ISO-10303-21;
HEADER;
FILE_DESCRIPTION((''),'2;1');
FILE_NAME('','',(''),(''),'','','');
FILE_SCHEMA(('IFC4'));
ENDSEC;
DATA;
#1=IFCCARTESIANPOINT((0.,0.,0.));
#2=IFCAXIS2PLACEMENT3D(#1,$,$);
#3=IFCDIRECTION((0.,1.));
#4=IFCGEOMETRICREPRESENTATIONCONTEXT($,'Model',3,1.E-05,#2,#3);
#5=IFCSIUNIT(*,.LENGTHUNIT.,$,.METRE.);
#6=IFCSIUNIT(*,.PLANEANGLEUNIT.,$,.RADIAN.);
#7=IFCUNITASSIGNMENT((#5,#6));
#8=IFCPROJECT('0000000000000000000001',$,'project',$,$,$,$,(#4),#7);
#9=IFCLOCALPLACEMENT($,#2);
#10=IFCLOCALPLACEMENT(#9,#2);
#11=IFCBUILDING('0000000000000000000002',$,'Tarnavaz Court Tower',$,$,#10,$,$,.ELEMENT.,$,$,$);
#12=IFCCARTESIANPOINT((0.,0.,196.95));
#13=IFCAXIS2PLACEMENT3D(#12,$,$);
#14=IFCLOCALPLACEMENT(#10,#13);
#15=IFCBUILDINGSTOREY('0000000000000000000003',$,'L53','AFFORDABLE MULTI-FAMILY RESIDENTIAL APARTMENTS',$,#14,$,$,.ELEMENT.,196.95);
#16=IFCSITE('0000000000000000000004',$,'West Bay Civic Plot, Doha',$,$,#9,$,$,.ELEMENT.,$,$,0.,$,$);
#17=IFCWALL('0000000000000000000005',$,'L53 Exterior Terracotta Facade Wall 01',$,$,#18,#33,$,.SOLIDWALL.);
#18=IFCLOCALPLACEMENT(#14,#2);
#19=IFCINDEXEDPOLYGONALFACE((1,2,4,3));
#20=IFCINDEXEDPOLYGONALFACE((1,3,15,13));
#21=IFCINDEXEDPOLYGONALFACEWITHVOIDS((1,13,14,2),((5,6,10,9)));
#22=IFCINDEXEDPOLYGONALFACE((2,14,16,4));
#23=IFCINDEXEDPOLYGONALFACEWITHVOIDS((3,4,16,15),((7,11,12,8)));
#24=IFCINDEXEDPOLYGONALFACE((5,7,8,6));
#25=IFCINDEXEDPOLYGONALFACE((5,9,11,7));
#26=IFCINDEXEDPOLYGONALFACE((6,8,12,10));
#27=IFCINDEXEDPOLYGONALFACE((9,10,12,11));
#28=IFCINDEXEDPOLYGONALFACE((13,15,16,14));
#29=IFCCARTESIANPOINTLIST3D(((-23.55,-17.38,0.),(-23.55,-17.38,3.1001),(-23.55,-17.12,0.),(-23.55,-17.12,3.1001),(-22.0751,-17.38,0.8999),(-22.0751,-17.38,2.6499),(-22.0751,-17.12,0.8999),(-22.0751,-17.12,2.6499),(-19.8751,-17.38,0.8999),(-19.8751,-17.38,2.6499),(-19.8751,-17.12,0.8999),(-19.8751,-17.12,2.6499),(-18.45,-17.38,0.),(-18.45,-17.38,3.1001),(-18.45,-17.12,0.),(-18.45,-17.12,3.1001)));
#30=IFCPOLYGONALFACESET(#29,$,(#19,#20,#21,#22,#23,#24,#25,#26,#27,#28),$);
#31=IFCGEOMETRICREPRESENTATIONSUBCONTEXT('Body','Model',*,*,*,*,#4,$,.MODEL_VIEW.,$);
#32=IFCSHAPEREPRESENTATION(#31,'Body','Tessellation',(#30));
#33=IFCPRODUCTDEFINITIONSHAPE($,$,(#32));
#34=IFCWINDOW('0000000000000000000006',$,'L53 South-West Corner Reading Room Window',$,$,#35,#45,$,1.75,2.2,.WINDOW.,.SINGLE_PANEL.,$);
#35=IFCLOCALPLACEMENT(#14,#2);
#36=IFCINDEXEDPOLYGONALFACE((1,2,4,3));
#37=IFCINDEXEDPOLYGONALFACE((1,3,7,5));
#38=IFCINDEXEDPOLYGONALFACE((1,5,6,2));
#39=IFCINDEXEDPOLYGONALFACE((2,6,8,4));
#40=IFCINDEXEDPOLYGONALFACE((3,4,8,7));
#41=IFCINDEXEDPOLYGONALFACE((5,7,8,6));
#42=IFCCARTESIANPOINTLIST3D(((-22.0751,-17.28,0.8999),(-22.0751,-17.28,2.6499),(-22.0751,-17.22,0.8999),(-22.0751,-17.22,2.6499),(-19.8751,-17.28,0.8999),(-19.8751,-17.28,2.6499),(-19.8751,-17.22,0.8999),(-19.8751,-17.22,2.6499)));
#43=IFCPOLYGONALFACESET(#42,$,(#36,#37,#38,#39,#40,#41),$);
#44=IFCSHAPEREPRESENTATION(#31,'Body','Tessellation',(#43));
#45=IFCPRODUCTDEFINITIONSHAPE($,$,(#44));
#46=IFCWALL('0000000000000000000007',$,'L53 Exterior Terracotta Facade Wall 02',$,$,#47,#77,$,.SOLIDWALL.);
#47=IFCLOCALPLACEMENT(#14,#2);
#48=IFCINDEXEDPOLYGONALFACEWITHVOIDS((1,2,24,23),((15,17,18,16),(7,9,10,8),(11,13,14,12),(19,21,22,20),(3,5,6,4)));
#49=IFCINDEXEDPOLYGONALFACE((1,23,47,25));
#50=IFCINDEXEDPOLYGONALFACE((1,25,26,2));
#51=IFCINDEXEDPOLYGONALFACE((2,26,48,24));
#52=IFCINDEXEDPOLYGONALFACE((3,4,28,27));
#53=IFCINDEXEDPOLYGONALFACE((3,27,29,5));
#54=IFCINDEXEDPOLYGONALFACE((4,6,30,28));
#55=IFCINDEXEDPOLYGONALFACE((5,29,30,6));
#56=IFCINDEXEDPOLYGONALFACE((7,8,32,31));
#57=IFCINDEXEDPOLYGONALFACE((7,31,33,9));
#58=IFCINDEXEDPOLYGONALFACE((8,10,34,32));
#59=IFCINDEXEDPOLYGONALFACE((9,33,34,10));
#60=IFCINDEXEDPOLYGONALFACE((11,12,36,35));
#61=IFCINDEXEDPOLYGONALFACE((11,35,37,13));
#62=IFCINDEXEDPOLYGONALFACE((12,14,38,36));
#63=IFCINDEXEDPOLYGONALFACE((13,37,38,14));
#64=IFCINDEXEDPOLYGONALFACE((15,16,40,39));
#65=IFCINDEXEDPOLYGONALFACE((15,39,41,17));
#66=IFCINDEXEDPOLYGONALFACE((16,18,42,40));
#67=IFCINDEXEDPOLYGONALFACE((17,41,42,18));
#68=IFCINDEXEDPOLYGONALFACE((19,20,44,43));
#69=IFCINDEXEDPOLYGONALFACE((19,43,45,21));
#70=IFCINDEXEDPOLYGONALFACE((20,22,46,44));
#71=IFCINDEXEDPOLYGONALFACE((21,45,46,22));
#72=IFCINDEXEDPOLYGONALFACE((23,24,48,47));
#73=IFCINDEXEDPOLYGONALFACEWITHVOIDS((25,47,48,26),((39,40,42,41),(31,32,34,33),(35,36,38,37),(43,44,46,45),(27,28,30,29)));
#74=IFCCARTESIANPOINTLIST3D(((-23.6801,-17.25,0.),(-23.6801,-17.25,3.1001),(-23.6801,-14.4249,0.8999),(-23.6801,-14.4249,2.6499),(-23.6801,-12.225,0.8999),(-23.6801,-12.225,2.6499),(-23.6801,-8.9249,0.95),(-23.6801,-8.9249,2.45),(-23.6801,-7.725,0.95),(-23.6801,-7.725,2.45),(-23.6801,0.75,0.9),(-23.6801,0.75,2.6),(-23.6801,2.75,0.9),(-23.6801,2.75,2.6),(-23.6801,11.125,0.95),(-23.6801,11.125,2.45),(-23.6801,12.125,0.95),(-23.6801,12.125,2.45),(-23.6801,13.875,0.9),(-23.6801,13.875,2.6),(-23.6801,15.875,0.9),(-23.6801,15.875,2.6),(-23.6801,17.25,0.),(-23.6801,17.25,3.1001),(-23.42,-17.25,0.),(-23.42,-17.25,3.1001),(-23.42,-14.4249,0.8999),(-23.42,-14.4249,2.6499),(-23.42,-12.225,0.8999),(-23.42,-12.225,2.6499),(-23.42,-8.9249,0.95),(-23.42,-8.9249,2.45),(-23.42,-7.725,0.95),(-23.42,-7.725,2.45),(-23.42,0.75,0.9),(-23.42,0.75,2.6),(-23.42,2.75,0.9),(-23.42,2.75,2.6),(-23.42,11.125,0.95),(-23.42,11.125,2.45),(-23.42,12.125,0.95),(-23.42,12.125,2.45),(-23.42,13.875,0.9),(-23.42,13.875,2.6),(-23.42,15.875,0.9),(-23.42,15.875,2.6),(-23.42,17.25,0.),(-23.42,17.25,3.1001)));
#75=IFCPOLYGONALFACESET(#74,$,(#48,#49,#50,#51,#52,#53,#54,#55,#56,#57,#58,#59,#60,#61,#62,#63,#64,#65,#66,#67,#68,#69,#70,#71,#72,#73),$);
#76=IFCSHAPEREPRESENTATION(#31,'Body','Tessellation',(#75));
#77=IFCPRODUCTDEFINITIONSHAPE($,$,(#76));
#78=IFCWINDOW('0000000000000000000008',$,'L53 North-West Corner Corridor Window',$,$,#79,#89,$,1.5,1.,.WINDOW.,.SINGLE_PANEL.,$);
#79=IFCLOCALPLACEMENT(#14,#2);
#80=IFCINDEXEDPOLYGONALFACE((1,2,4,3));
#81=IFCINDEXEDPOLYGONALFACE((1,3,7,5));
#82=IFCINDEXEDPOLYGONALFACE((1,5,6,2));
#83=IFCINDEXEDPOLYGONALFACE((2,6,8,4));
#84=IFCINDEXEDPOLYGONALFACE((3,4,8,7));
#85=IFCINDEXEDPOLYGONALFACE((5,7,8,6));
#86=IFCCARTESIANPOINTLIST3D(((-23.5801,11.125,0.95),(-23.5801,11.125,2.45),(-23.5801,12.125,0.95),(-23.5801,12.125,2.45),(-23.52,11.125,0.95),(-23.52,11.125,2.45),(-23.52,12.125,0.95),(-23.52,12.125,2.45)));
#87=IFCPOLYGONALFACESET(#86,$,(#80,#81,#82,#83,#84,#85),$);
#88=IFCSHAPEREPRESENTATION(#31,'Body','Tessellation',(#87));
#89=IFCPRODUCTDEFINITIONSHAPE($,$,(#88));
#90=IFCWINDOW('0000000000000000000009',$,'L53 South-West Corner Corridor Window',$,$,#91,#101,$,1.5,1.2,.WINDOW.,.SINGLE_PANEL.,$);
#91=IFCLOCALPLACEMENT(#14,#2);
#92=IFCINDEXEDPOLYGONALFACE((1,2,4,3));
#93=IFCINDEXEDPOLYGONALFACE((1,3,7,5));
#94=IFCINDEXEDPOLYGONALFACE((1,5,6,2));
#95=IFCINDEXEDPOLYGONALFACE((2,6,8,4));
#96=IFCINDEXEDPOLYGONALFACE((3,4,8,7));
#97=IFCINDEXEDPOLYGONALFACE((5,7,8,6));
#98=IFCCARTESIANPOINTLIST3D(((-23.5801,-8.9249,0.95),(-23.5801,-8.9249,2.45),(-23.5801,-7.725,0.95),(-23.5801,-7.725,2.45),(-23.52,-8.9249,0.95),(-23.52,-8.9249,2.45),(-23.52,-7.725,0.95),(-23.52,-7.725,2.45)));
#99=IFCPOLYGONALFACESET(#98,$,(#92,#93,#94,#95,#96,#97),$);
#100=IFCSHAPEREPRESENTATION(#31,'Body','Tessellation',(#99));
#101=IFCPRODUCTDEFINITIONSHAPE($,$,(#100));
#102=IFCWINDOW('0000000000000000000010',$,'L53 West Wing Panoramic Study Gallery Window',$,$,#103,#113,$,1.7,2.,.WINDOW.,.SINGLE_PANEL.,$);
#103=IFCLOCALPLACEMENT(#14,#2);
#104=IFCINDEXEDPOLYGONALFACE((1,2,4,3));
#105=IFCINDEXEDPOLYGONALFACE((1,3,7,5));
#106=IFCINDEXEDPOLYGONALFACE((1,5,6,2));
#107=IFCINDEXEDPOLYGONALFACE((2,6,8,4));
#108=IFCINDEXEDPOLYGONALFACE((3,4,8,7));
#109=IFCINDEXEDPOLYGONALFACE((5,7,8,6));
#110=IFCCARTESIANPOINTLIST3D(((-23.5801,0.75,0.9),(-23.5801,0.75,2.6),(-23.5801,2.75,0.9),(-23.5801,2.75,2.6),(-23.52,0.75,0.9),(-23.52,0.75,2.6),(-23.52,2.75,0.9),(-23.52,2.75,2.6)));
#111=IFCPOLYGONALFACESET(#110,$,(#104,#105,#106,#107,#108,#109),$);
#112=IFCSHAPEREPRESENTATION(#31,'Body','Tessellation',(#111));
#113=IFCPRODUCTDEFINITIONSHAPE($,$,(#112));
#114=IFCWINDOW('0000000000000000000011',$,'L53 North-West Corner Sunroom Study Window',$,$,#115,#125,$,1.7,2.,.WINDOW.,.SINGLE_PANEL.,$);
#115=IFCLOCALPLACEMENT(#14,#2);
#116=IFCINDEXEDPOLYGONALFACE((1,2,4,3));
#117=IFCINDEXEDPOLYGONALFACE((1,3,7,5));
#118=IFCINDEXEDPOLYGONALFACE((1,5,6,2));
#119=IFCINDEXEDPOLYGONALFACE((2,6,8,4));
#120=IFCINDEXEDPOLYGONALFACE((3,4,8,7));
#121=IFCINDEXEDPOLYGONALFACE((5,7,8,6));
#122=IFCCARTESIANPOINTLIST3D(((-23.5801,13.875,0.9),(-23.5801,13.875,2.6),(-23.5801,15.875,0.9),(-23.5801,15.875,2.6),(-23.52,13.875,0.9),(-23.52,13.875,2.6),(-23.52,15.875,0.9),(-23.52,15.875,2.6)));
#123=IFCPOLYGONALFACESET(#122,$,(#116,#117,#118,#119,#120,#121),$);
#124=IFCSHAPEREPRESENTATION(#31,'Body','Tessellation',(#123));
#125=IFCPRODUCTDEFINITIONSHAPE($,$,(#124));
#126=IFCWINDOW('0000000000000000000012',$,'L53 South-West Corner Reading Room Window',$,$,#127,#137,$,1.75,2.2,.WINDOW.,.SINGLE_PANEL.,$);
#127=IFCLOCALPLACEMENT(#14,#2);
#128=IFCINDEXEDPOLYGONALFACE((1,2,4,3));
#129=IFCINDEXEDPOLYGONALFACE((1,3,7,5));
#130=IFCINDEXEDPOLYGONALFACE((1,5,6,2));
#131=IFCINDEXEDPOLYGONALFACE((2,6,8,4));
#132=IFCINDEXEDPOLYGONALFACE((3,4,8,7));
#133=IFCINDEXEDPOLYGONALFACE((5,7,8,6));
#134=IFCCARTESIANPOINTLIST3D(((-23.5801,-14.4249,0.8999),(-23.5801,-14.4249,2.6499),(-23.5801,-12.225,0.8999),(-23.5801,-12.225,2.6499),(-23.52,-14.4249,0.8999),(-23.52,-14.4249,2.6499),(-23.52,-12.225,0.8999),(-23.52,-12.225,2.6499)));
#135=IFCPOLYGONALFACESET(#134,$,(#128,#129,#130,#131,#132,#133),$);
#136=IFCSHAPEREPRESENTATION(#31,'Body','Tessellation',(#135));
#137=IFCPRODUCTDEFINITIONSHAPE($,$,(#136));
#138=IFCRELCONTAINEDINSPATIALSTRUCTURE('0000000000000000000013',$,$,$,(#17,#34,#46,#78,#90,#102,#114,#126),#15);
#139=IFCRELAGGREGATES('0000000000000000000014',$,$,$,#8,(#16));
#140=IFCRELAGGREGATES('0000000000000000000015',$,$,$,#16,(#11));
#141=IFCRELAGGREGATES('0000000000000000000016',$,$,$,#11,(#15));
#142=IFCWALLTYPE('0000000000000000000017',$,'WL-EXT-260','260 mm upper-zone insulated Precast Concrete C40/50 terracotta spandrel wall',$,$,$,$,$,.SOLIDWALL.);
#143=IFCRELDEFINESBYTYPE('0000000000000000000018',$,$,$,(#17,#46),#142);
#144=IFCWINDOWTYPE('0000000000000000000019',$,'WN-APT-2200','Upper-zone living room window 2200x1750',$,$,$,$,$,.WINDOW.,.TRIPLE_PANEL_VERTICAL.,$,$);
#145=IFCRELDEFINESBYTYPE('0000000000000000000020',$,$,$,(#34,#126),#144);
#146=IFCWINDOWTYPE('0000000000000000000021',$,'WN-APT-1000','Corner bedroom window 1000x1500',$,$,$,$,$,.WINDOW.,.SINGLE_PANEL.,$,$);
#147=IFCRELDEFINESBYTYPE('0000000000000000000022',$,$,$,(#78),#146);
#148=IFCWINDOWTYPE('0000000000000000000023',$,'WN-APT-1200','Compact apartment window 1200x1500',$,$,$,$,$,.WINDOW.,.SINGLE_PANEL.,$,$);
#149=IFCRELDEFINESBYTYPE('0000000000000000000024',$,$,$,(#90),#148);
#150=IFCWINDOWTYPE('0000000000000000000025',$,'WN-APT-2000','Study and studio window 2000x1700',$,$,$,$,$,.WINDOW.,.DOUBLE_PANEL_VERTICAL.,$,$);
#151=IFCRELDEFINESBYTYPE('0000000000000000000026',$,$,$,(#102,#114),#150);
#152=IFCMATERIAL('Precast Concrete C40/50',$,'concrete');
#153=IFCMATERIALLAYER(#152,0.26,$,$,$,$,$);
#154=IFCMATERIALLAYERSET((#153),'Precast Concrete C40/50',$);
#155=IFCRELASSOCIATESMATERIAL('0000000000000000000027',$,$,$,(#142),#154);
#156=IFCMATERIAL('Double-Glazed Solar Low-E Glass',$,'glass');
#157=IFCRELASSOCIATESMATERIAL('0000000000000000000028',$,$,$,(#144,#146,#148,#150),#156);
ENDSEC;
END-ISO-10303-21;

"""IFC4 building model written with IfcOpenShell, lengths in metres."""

from ifc_helpers import new_model, si_unit, direction, frame, frame_2d, origin, place, context, subcontext, project, spatial, rectangle, extrude, material, layer, layer_set, type_object, element, fill, save


model = new_model("IFC4")

# Units and contexts
model_context = context("Model", 3, precision=1e-05, world=origin(), true_north=direction((0.0, 1.0)))
body_context = subcontext(model_context, "Body", "Model", "MODEL_VIEW")
ifc_project = project(units=[si_unit("LENGTHUNIT", "METRE"), si_unit("PLANEANGLEUNIT", "RADIAN")], contexts=[model_context])

# Site, building, storey
site_placement = place(None, origin())
site = spatial("IfcSite", under=ifc_project, at=site_placement, Name="West Bay Civic Plot, Doha", CompositionType="ELEMENT", RefElevation=0.0)
building_placement = place(site_placement, origin())
building = spatial("IfcBuilding", under=site, at=building_placement, Name="Tarnavaz Court Tower", CompositionType="ELEMENT")
storey_placement = place(building_placement, frame((0.0, 0.0, 196.95)))
storey = spatial("IfcBuildingStorey", under=building, at=storey_placement, Name="L53", Description="AFFORDABLE MULTI-FAMILY RESIDENTIAL APARTMENTS", CompositionType="ELEMENT", Elevation=196.95)

# Wall, opening, window
ifc_material_1 = material(Name="Precast Concrete C40/50", Category="concrete")
ifc_layer_1 = layer(ifc_material_1, 0.26)
ifc_layer_set_1 = layer_set([ifc_layer_1], Name="Precast Concrete C40/50")
wall_type_1 = type_object("IfcWallType", Name="WL-EXT-260", Description="260 mm upper-zone insulated Precast Concrete C40/50 terracotta spandrel wall", PredefinedType="SOLIDWALL", material=ifc_layer_set_1)
wall_1_placement = place(storey_placement, frame((-18.45, -17.25, 0.0), z_axis=(0.0, 0.0, 1.0), x_axis=(-1.0, 0.0, 0.0)))
wall_1 = element("IfcWall", 1, at=wall_1_placement, inside=storey, type_object=wall_type_1, Name="L53 Exterior Terracotta Facade Wall 01", PredefinedType="SOLIDWALL", context=body_context, shape_type="SweptSolid", body=[
    extrude(rectangle(XDim=5.1001, YDim=0.26, at=frame_2d((2.55, 0.0))), origin(), (0.0, 0.0, 1.0), 3.1001),
])
opening_1_placement = place(wall_1_placement, frame((1.425, 0.0, 0.8999)))
opening_1 = element("IfcOpeningElement", 2, at=opening_1_placement, cuts=wall_1, PredefinedType="OPENING", context=body_context, shape_type="SweptSolid", body=[
    extrude(rectangle(XDim=2.2, YDim=1.75, at=frame_2d((1.1001, 0.875))), frame((0.0, 0.1399, 0.0), z_axis=(0.0, -1.0, 0.0), x_axis=(1.0, 0.0, 0.0)), (0.0, 0.0, 1.0), 0.28),
])
ifc_material_2 = material(Name="Double-Glazed Solar Low-E Glass", Category="glass")
window_type_1 = type_object("IfcWindowType", Name="WN-APT-2200", Description="Upper-zone living room window 2200x1750", PartitioningType="TRIPLE_PANEL_VERTICAL", PredefinedType="WINDOW", material=ifc_material_2)
window_1_placement = place(opening_1_placement, origin())
window_1 = element("IfcWindow", 3, at=window_1_placement, inside=storey, type_object=window_type_1, Name="L53 South-West Corner Reading Room Window", OverallHeight=1.75, OverallWidth=2.2, PartitioningType="SINGLE_PANEL", PredefinedType="WINDOW", context=body_context, shape_type="SweptSolid", body=[
    extrude(rectangle(XDim=2.2, YDim=1.75, at=frame_2d((1.1001, 0.875))), frame((0.0, 0.03, 0.0), z_axis=(0.0, -1.0, 0.0), x_axis=(1.0, 0.0, 0.0)), (0.0, 0.0, 1.0), 0.0601),
])
fill(opening_1, window_1)

# Wall, openings, windows
wall_2_placement = place(storey_placement, frame((-23.55, -17.25, 0.0), z_axis=(0.0, 0.0, 1.0), x_axis=(0.0, 1.0, 0.0)))
wall_2 = element("IfcWall", 4, at=wall_2_placement, inside=storey, type_object=wall_type_1, Name="L53 Exterior Terracotta Facade Wall 02", PredefinedType="SOLIDWALL", context=body_context, shape_type="SweptSolid", body=[
    extrude(rectangle(XDim=34.5, YDim=0.26, at=frame_2d((17.25, 0.0))), origin(), (0.0, 0.0, 1.0), 3.1001),
])
opening_2_placement = place(wall_2_placement, frame((2.825, 0.0, 0.8999)))
opening_2 = element("IfcOpeningElement", 5, at=opening_2_placement, cuts=wall_2, PredefinedType="OPENING", context=body_context, shape_type="SweptSolid", body=[
    extrude(rectangle(XDim=2.2, YDim=1.75, at=frame_2d((1.1001, 0.875))), frame((0.0, 0.1399, 0.0), z_axis=(0.0, -1.0, 0.0), x_axis=(1.0, 0.0, 0.0)), (0.0, 0.0, 1.0), 0.28),
])
opening_3_placement = place(wall_2_placement, frame((8.325, 0.0, 0.95)))
opening_3 = element("IfcOpeningElement", 6, at=opening_3_placement, cuts=wall_2, PredefinedType="OPENING", context=body_context, shape_type="SweptSolid", body=[
    extrude(rectangle(XDim=1.2, YDim=1.5, at=frame_2d((0.6001, 0.75))), frame((0.0, 0.1399, 0.0), z_axis=(0.0, -1.0, 0.0), x_axis=(1.0, 0.0, 0.0)), (0.0, 0.0, 1.0), 0.28),
])
opening_4_placement = place(wall_2_placement, frame((18.0, 0.0, 0.8999)))
opening_4 = element("IfcOpeningElement", 7, at=opening_4_placement, cuts=wall_2, PredefinedType="OPENING", context=body_context, shape_type="SweptSolid", body=[
    extrude(rectangle(XDim=2.0, YDim=1.7, at=frame_2d((1.0, 0.8501))), frame((0.0, 0.1399, 0.0), z_axis=(0.0, -1.0, 0.0), x_axis=(1.0, 0.0, 0.0)), (0.0, 0.0, 1.0), 0.28),
])
opening_5_placement = place(wall_2_placement, frame((28.375, 0.0, 0.95)))
opening_5 = element("IfcOpeningElement", 8, at=opening_5_placement, cuts=wall_2, PredefinedType="OPENING", context=body_context, shape_type="SweptSolid", body=[
    extrude(rectangle(XDim=1.0, YDim=1.5, at=frame_2d((0.5, 0.75))), frame((0.0, 0.1399, 0.0), z_axis=(0.0, -1.0, 0.0), x_axis=(1.0, 0.0, 0.0)), (0.0, 0.0, 1.0), 0.28),
])
opening_6_placement = place(wall_2_placement, frame((31.125, 0.0, 0.8999)))
opening_6 = element("IfcOpeningElement", 9, at=opening_6_placement, cuts=wall_2, PredefinedType="OPENING", context=body_context, shape_type="SweptSolid", body=[
    extrude(rectangle(XDim=2.0, YDim=1.7, at=frame_2d((1.0, 0.8501))), frame((0.0, 0.1399, 0.0), z_axis=(0.0, -1.0, 0.0), x_axis=(1.0, 0.0, 0.0)), (0.0, 0.0, 1.0), 0.28),
])
window_type_2 = type_object("IfcWindowType", Name="WN-APT-1000", Description="Corner bedroom window 1000x1500", PartitioningType="SINGLE_PANEL", PredefinedType="WINDOW", material=ifc_material_2)
window_2_placement = place(opening_5_placement, origin())
window_2 = element("IfcWindow", 10, at=window_2_placement, inside=storey, type_object=window_type_2, Name="L53 North-West Corner Corridor Window", OverallHeight=1.5, OverallWidth=1.0, PartitioningType="SINGLE_PANEL", PredefinedType="WINDOW", context=body_context, shape_type="SweptSolid", body=[
    extrude(rectangle(XDim=1.0, YDim=1.5, at=frame_2d((0.5, 0.75))), frame((0.0, 0.03, 0.0), z_axis=(0.0, -1.0, 0.0), x_axis=(1.0, 0.0, 0.0)), (0.0, 0.0, 1.0), 0.0601),
])
fill(opening_5, window_2)
window_type_3 = type_object("IfcWindowType", Name="WN-APT-1200", Description="Compact apartment window 1200x1500", PartitioningType="SINGLE_PANEL", PredefinedType="WINDOW", material=ifc_material_2)
window_3_placement = place(opening_3_placement, origin())
window_3 = element("IfcWindow", 11, at=window_3_placement, inside=storey, type_object=window_type_3, Name="L53 South-West Corner Corridor Window", OverallHeight=1.5, OverallWidth=1.2, PartitioningType="SINGLE_PANEL", PredefinedType="WINDOW", context=body_context, shape_type="SweptSolid", body=[
    extrude(rectangle(XDim=1.2, YDim=1.5, at=frame_2d((0.6001, 0.75))), frame((0.0, 0.03, 0.0), z_axis=(0.0, -1.0, 0.0), x_axis=(1.0, 0.0, 0.0)), (0.0, 0.0, 1.0), 0.0601),
])
fill(opening_3, window_3)
window_type_4 = type_object("IfcWindowType", Name="WN-APT-2000", Description="Study and studio window 2000x1700", PartitioningType="DOUBLE_PANEL_VERTICAL", PredefinedType="WINDOW", material=ifc_material_2)
window_4_placement = place(opening_4_placement, origin())
window_4 = element("IfcWindow", 12, at=window_4_placement, inside=storey, type_object=window_type_4, Name="L53 West Wing Panoramic Study Gallery Window", OverallHeight=1.7, OverallWidth=2.0, PartitioningType="SINGLE_PANEL", PredefinedType="WINDOW", context=body_context, shape_type="SweptSolid", body=[
    extrude(rectangle(XDim=2.0, YDim=1.7, at=frame_2d((1.0, 0.8501))), frame((0.0, 0.03, 0.0), z_axis=(0.0, -1.0, 0.0), x_axis=(1.0, 0.0, 0.0)), (0.0, 0.0, 1.0), 0.0601),
])
fill(opening_4, window_4)
window_5_placement = place(opening_6_placement, origin())
window_5 = element("IfcWindow", 13, at=window_5_placement, inside=storey, type_object=window_type_4, Name="L53 North-West Corner Sunroom Study Window", OverallHeight=1.7, OverallWidth=2.0, PartitioningType="SINGLE_PANEL", PredefinedType="WINDOW", context=body_context, shape_type="SweptSolid", body=[
    extrude(rectangle(XDim=2.0, YDim=1.7, at=frame_2d((1.0, 0.8501))), frame((0.0, 0.03, 0.0), z_axis=(0.0, -1.0, 0.0), x_axis=(1.0, 0.0, 0.0)), (0.0, 0.0, 1.0), 0.0601),
])
fill(opening_6, window_5)
window_6_placement = place(opening_2_placement, origin())
window_6 = element("IfcWindow", 14, at=window_6_placement, inside=storey, type_object=window_type_1, Name="L53 South-West Corner Reading Room Window", OverallHeight=1.75, OverallWidth=2.2, PartitioningType="SINGLE_PANEL", PredefinedType="WINDOW", context=body_context, shape_type="SweptSolid", body=[
    extrude(rectangle(XDim=2.2, YDim=1.75, at=frame_2d((1.1001, 0.875))), frame((0.0, 0.03, 0.0), z_axis=(0.0, -1.0, 0.0), x_axis=(1.0, 0.0, 0.0)), (0.0, 0.0, 1.0), 0.0601),
])
fill(opening_2, window_6)

save(model, "model.ifc")
